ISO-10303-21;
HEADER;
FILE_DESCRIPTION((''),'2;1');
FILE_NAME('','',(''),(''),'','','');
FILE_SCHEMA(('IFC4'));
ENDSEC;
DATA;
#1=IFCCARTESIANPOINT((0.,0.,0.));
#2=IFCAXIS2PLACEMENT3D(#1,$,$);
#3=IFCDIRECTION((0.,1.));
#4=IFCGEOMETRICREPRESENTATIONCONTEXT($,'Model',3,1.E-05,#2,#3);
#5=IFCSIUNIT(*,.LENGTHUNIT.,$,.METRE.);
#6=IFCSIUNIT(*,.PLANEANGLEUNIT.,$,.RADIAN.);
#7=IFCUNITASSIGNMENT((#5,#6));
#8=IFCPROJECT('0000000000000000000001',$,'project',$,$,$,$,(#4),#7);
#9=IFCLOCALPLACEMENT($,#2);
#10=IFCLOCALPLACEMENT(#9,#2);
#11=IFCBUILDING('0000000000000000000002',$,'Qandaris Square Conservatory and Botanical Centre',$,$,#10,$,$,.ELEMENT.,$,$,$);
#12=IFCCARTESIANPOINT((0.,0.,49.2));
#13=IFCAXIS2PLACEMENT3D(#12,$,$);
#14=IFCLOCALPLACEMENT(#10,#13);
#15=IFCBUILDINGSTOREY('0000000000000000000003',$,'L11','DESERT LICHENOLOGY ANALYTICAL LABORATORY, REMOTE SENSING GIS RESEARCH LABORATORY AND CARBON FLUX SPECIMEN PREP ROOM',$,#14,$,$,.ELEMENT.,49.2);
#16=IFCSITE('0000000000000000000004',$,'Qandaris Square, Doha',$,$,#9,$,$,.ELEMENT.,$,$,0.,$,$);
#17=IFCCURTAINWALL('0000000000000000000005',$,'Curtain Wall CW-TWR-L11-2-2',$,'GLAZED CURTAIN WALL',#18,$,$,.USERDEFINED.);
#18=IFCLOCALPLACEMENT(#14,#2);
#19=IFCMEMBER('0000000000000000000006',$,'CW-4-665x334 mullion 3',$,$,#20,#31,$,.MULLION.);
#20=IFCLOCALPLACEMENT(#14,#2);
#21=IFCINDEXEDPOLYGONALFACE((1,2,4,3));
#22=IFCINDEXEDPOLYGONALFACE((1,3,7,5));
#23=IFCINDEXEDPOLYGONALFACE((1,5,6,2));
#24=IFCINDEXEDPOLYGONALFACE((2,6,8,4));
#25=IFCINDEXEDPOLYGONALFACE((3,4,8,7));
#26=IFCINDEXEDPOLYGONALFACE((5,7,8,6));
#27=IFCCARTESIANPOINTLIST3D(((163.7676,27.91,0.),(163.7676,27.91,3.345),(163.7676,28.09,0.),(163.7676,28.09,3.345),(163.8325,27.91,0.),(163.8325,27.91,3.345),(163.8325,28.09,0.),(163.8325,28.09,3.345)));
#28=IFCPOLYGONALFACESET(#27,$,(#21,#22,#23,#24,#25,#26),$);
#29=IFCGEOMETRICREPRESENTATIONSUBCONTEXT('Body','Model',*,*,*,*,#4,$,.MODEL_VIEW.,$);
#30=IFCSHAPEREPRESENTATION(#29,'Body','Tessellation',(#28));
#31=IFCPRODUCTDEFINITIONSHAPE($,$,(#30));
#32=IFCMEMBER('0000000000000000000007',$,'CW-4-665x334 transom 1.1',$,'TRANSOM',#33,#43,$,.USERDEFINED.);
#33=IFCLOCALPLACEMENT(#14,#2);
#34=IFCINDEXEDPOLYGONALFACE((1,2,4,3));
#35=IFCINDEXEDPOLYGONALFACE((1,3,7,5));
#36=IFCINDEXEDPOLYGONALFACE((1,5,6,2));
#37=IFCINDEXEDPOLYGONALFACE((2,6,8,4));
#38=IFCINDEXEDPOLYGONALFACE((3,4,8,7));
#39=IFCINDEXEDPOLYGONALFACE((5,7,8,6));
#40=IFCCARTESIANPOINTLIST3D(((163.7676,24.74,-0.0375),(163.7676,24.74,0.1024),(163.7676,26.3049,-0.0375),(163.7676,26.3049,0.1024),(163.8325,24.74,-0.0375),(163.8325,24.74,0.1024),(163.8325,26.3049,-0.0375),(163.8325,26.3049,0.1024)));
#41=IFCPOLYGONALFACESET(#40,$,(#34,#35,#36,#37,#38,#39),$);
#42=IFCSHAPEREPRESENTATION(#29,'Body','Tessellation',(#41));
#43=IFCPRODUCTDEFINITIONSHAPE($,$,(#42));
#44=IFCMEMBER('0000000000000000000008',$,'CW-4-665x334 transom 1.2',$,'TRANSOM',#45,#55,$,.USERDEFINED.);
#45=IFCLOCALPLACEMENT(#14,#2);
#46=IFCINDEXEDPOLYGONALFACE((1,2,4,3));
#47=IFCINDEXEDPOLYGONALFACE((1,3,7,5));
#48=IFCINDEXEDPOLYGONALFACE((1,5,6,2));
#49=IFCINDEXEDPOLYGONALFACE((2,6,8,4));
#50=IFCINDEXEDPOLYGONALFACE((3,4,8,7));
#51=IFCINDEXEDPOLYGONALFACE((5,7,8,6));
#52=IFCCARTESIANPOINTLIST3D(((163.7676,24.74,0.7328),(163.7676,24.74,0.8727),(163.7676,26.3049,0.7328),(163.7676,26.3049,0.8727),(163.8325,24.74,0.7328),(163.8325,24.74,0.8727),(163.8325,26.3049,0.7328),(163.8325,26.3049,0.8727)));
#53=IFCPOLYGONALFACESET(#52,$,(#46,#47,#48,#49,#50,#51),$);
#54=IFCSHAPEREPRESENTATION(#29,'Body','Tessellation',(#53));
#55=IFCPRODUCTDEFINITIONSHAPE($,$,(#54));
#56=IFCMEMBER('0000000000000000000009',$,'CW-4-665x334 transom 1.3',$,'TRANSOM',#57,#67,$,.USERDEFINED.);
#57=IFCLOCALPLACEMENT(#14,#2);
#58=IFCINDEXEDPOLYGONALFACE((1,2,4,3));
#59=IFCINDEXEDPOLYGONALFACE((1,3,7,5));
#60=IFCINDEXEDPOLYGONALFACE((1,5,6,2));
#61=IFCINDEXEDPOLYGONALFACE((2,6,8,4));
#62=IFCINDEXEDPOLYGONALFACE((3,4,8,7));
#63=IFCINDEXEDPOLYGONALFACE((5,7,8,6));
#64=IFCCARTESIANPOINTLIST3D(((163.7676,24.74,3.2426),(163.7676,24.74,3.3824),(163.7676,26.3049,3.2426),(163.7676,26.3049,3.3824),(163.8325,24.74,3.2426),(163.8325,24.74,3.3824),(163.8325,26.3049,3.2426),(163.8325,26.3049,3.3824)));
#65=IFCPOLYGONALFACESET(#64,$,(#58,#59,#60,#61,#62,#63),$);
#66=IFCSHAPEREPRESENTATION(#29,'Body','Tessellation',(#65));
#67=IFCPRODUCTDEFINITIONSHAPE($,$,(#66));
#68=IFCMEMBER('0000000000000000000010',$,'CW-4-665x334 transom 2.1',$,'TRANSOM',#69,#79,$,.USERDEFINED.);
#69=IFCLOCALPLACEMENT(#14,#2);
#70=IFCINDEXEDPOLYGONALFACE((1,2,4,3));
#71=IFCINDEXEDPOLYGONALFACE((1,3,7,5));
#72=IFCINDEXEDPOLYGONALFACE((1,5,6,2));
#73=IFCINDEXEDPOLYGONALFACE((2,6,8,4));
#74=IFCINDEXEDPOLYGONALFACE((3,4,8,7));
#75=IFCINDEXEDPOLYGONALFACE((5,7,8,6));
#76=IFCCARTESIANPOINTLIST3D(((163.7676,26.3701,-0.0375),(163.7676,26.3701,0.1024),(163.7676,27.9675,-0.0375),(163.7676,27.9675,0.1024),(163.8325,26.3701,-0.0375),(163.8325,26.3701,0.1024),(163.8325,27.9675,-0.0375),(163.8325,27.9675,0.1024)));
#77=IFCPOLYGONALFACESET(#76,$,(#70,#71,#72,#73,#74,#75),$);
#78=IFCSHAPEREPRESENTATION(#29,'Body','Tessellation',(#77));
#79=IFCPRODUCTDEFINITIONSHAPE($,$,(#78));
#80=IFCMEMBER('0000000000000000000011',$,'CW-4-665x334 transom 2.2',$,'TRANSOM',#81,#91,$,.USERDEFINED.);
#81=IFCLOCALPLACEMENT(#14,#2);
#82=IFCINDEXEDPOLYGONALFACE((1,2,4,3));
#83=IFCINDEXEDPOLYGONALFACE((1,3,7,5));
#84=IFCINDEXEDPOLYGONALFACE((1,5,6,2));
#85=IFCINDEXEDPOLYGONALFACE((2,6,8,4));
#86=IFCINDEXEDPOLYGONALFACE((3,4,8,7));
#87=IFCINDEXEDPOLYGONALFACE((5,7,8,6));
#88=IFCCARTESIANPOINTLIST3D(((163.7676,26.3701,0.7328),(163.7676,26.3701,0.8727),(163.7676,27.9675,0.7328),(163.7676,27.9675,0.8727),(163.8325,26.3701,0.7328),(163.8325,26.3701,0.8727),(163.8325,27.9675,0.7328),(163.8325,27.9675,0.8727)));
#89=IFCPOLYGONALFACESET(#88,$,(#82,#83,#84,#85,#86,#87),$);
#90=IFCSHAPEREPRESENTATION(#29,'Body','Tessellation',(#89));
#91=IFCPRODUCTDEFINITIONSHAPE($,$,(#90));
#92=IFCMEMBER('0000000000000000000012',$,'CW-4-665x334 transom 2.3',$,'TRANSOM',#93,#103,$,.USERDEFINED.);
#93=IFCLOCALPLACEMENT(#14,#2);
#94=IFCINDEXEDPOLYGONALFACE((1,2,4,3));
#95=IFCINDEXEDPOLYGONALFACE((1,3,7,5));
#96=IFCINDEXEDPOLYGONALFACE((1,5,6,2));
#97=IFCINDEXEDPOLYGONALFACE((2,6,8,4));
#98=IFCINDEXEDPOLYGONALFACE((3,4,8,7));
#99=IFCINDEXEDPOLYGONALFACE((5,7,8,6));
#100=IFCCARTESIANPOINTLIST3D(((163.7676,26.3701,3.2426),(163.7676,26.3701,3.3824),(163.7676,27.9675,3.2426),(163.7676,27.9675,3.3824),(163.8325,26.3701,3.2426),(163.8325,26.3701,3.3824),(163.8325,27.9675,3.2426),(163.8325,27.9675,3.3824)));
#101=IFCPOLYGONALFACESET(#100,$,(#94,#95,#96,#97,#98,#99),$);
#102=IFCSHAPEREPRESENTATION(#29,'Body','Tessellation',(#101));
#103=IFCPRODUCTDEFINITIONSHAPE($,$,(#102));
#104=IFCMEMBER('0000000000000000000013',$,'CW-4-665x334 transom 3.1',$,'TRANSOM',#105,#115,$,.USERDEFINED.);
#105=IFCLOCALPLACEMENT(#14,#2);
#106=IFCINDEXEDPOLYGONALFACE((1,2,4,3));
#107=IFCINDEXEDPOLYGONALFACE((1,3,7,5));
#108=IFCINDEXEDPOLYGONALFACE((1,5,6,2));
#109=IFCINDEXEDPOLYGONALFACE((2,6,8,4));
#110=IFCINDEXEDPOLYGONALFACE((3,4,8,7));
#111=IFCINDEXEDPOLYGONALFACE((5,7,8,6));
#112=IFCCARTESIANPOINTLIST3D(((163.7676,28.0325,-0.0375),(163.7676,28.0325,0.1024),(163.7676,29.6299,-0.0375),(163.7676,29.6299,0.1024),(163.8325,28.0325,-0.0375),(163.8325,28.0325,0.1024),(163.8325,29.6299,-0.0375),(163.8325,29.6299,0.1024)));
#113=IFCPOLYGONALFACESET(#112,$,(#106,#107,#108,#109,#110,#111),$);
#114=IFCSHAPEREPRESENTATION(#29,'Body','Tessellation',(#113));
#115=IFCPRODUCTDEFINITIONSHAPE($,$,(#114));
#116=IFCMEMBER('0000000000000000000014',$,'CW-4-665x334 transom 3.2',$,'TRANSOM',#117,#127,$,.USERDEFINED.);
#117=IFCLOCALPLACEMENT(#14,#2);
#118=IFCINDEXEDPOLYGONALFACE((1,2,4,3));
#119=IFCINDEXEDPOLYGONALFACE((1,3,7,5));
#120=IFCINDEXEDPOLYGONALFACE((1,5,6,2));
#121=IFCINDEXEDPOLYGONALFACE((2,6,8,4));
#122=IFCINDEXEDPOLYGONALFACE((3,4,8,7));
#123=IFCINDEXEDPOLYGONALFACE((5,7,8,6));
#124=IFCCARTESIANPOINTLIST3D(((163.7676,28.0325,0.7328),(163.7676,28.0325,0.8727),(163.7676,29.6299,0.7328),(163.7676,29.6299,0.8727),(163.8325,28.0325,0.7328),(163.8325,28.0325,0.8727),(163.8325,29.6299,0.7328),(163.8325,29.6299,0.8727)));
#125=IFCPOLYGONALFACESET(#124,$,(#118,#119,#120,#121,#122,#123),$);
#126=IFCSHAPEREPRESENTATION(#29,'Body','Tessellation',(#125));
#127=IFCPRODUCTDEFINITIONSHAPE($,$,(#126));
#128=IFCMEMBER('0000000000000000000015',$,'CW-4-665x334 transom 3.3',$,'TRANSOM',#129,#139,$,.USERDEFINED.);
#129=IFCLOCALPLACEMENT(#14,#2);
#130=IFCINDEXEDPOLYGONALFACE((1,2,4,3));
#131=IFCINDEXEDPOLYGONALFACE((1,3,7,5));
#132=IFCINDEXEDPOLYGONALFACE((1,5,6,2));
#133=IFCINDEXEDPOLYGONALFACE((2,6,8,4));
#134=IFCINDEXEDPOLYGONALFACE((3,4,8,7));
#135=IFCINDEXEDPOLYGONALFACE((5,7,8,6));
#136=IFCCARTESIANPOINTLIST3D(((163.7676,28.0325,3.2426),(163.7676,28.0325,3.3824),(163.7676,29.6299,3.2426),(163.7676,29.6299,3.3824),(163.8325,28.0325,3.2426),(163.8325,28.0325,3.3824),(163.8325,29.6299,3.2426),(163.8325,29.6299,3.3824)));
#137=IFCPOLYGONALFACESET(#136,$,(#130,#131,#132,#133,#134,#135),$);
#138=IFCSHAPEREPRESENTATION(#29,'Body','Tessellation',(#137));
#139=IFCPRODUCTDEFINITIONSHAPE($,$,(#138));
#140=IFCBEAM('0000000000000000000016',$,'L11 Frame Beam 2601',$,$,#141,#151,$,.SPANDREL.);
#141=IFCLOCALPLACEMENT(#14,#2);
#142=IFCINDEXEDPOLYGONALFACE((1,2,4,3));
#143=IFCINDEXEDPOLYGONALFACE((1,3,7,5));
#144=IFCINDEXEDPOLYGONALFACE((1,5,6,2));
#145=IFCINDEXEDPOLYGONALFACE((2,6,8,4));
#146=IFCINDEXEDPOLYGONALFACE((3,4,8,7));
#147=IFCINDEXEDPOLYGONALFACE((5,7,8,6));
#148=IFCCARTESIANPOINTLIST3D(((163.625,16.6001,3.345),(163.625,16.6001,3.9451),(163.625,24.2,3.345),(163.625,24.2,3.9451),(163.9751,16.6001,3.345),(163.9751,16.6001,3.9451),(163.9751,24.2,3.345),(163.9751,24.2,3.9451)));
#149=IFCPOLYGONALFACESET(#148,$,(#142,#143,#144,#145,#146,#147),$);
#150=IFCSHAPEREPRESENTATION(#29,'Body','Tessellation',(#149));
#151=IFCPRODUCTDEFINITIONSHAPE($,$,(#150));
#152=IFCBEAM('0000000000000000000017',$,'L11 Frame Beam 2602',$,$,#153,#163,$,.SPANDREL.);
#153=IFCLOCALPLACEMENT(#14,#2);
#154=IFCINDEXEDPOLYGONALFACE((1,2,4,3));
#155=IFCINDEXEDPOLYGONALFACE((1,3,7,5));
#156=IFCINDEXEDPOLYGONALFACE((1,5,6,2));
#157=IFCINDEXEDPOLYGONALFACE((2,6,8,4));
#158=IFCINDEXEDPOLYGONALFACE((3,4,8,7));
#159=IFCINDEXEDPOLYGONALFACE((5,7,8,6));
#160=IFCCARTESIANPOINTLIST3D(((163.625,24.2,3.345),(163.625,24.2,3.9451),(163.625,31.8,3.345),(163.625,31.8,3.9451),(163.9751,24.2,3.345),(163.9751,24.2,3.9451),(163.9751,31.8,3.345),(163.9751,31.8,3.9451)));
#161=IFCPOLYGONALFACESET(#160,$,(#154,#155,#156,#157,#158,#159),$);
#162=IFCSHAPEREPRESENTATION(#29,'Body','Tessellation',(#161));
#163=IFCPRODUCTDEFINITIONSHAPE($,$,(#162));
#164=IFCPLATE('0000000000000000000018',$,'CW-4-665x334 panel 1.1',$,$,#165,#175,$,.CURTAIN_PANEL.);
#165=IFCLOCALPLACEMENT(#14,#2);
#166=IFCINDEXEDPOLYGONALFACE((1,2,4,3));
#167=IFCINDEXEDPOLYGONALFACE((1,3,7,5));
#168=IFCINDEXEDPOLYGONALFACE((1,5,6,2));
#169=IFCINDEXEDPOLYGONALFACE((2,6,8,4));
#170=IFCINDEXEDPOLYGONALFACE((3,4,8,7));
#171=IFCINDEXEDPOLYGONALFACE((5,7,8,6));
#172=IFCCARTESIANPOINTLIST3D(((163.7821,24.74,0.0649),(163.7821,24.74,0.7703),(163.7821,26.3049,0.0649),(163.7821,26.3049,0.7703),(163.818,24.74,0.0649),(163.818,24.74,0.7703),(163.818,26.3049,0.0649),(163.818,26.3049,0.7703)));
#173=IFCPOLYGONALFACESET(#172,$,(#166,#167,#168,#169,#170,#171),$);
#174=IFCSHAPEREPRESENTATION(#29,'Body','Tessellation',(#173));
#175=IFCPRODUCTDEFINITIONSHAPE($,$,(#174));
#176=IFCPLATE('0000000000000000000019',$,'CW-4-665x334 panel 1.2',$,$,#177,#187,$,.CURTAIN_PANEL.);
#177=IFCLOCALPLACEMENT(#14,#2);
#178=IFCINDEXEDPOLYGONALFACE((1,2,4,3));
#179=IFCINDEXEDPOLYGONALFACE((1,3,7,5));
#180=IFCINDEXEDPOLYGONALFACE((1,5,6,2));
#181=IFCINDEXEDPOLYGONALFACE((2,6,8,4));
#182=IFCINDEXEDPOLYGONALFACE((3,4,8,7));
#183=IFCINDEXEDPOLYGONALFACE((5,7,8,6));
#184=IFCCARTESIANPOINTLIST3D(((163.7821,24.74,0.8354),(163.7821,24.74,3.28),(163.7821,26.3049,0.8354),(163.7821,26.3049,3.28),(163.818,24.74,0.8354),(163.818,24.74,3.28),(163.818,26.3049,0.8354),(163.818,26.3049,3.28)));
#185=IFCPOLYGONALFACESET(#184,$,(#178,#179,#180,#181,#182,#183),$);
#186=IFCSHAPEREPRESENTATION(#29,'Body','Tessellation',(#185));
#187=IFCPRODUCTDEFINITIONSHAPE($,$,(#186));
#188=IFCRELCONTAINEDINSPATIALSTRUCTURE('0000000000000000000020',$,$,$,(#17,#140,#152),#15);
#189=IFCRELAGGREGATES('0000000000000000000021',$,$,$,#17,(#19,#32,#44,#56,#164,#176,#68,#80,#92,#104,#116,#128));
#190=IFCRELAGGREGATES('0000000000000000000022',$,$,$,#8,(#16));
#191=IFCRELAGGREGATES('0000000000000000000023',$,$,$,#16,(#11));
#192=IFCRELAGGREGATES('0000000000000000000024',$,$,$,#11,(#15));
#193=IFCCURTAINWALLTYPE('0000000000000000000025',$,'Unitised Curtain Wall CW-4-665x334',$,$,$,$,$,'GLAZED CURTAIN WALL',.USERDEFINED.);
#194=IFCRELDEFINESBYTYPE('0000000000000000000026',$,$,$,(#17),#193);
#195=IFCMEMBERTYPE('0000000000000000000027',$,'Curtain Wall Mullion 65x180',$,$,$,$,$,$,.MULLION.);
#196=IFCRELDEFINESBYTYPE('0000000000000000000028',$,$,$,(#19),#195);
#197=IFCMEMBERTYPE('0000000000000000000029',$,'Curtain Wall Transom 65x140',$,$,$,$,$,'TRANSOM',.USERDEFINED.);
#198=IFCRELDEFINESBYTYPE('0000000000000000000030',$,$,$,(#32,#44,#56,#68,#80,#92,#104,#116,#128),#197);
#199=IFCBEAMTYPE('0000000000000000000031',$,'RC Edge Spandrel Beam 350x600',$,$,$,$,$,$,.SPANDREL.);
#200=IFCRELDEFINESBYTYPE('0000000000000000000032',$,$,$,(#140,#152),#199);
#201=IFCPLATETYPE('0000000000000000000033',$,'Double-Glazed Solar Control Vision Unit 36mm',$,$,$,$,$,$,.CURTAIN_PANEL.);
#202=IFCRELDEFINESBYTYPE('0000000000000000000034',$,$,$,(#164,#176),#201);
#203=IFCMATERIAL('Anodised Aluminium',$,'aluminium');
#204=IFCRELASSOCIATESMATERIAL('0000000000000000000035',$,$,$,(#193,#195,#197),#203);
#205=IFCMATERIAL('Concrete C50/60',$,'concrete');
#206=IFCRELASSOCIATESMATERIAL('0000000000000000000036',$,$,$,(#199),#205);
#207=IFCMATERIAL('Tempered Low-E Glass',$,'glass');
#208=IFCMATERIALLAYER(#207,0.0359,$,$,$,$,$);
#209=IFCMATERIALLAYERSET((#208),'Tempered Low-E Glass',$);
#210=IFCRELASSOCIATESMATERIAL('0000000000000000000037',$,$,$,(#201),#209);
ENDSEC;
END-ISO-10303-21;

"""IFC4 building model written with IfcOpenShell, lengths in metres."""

from ifc_helpers import new_model, si_unit, direction, frame, origin, origin_2d, place, context, subcontext, project, spatial, rectangle, extrude, material, layer, layer_set, material_profile, profile_set, type_object, element, aggregate, save


model = new_model("IFC4")

# Units and contexts
model_context = context("Model", 3, precision=1e-05, world=origin(), true_north=direction((0.0, 1.0)))
body_context = subcontext(model_context, "Body", "Model", "MODEL_VIEW")
ifc_project = project(units=[si_unit("LENGTHUNIT", "METRE"), si_unit("PLANEANGLEUNIT", "RADIAN")], contexts=[model_context])

# Site, building, storey
site_placement = place(None, origin())
site = spatial("IfcSite", under=ifc_project, at=site_placement, Name="Qandaris Square, Doha", CompositionType="ELEMENT", RefElevation=0.0)
building_placement = place(site_placement, origin())
building = spatial("IfcBuilding", under=site, at=building_placement, Name="Qandaris Square Conservatory and Botanical Centre", CompositionType="ELEMENT")
storey_placement = place(building_placement, frame((0.0, 0.0, 49.2)))
storey = spatial("IfcBuildingStorey", under=building, at=storey_placement, Name="L11", Description="DESERT LICHENOLOGY ANALYTICAL LABORATORY, REMOTE SENSING GIS RESEARCH LABORATORY AND CARBON FLUX SPECIMEN PREP ROOM", CompositionType="ELEMENT", Elevation=49.2)

# Shared definitions
ifc_material_1 = material(Name="Concrete C50/60", Category="concrete")

# Curtain wall, members
ifc_material_2 = material(Name="Anodised Aluminium", Category="aluminium")
curtain_wall_type = type_object("IfcCurtainWallType", Name="Unitised Curtain Wall CW-4-665x334", ElementType="GLAZED CURTAIN WALL", PredefinedType="USERDEFINED", material=ifc_material_2)
curtain_wall_placement = place(storey_placement, origin())
curtain_wall = element("IfcCurtainWall", 1, at=curtain_wall_placement, inside=storey, type_object=curtain_wall_type, Name="Curtain Wall CW-TWR-L11-2-2", ObjectType="GLAZED CURTAIN WALL", PredefinedType="USERDEFINED")
ifc_material_profile_1 = material_profile(ifc_material_2, rectangle(XDim=0.0649, YDim=0.1799, at=origin_2d()), Name="ALU-MUL 65x180")
ifc_profile_set_1 = profile_set([ifc_material_profile_1], Name="Anodised Aluminium")
member_type_1 = type_object("IfcMemberType", Name="Curtain Wall Mullion 65x180", PredefinedType="MULLION", material=ifc_profile_set_1)
member_1_placement = place(storey_placement, frame((163.8, 28.0, 0.0), z_axis=(0.0, 0.0, 1.0), x_axis=(-1.0, 0.0, 0.0)))
member_1 = element("IfcMember", 2, at=member_1_placement, type_object=member_type_1, Name="CW-4-665x334 mullion 3", PredefinedType="MULLION", context=body_context, shape_type="SweptSolid", body=[
    extrude(rectangle(XDim=0.0649, YDim=0.1799, at=origin_2d()), origin(), (0.0, 0.0, 1.0), 3.345),
])
ifc_material_profile_2 = material_profile(ifc_material_2, rectangle(XDim=0.0649, YDim=0.1399, at=origin_2d()), Name="ALU-TRN 65x140")
ifc_profile_set_2 = profile_set([ifc_material_profile_2], Name="Anodised Aluminium")
member_type_2 = type_object("IfcMemberType", Name="Curtain Wall Transom 65x140", ElementType="TRANSOM", PredefinedType="USERDEFINED", material=ifc_profile_set_2)
member_2_placement = place(storey_placement, frame((163.8, 24.74, 0.0325), z_axis=(0.0, 1.0, 0.0), x_axis=(-1.0, 0.0, 0.0)))
member_2 = element("IfcMember", 3, at=member_2_placement, type_object=member_type_2, Name="CW-4-665x334 transom 1.1", ObjectType="TRANSOM", PredefinedType="USERDEFINED", context=body_context, shape_type="SweptSolid", body=[
    extrude(rectangle(XDim=0.0649, YDim=0.1399, at=origin_2d()), origin(), (0.0, 0.0, 1.0), 1.5649),
])
member_3_placement = place(storey_placement, frame((163.8, 24.74, 0.8027), z_axis=(0.0, 1.0, 0.0), x_axis=(-1.0, 0.0, 0.0)))
member_3 = element("IfcMember", 4, at=member_3_placement, type_object=member_type_2, Name="CW-4-665x334 transom 1.2", ObjectType="TRANSOM", PredefinedType="USERDEFINED", context=body_context, shape_type="SweptSolid", body=[
    extrude(rectangle(XDim=0.0649, YDim=0.1399, at=origin_2d()), origin(), (0.0, 0.0, 1.0), 1.5649),
])
member_4_placement = place(storey_placement, frame((163.8, 24.74, 3.3125), z_axis=(0.0, 1.0, 0.0), x_axis=(-1.0, 0.0, 0.0)))
member_4 = element("IfcMember", 5, at=member_4_placement, type_object=member_type_2, Name="CW-4-665x334 transom 1.3", ObjectType="TRANSOM", PredefinedType="USERDEFINED", context=body_context, shape_type="SweptSolid", body=[
    extrude(rectangle(XDim=0.0649, YDim=0.1399, at=origin_2d()), origin(), (0.0, 0.0, 1.0), 1.5649),
])
member_5_placement = place(storey_placement, frame((163.8, 26.3701, 0.0325), z_axis=(0.0, 1.0, 0.0), x_axis=(-1.0, 0.0, 0.0)))
member_5 = element("IfcMember", 6, at=member_5_placement, type_object=member_type_2, Name="CW-4-665x334 transom 2.1", ObjectType="TRANSOM", PredefinedType="USERDEFINED", context=body_context, shape_type="SweptSolid", body=[
    extrude(rectangle(XDim=0.0649, YDim=0.1399, at=origin_2d()), origin(), (0.0, 0.0, 1.0), 1.5974),
])
member_6_placement = place(storey_placement, frame((163.8, 26.3701, 0.8027), z_axis=(0.0, 1.0, 0.0), x_axis=(-1.0, 0.0, 0.0)))
member_6 = element("IfcMember", 7, at=member_6_placement, type_object=member_type_2, Name="CW-4-665x334 transom 2.2", ObjectType="TRANSOM", PredefinedType="USERDEFINED", context=body_context, shape_type="SweptSolid", body=[
    extrude(rectangle(XDim=0.0649, YDim=0.1399, at=origin_2d()), origin(), (0.0, 0.0, 1.0), 1.5974),
])
member_7_placement = place(storey_placement, frame((163.8, 26.3701, 3.3125), z_axis=(0.0, 1.0, 0.0), x_axis=(-1.0, 0.0, 0.0)))
member_7 = element("IfcMember", 8, at=member_7_placement, type_object=member_type_2, Name="CW-4-665x334 transom 2.3", ObjectType="TRANSOM", PredefinedType="USERDEFINED", context=body_context, shape_type="SweptSolid", body=[
    extrude(rectangle(XDim=0.0649, YDim=0.1399, at=origin_2d()), origin(), (0.0, 0.0, 1.0), 1.5974),
])
member_8_placement = place(storey_placement, frame((163.8, 28.0325, 0.0325), z_axis=(0.0, 1.0, 0.0), x_axis=(-1.0, 0.0, 0.0)))
member_8 = element("IfcMember", 9, at=member_8_placement, type_object=member_type_2, Name="CW-4-665x334 transom 3.1", ObjectType="TRANSOM", PredefinedType="USERDEFINED", context=body_context, shape_type="SweptSolid", body=[
    extrude(rectangle(XDim=0.0649, YDim=0.1399, at=origin_2d()), origin(), (0.0, 0.0, 1.0), 1.5974),
])
member_9_placement = place(storey_placement, frame((163.8, 28.0325, 0.8027), z_axis=(0.0, 1.0, 0.0), x_axis=(-1.0, 0.0, 0.0)))
member_9 = element("IfcMember", 10, at=member_9_placement, type_object=member_type_2, Name="CW-4-665x334 transom 3.2", ObjectType="TRANSOM", PredefinedType="USERDEFINED", context=body_context, shape_type="SweptSolid", body=[
    extrude(rectangle(XDim=0.0649, YDim=0.1399, at=origin_2d()), origin(), (0.0, 0.0, 1.0), 1.5974),
])
member_10_placement = place(storey_placement, frame((163.8, 28.0325, 3.3125), z_axis=(0.0, 1.0, 0.0), x_axis=(-1.0, 0.0, 0.0)))
member_10 = element("IfcMember", 11, at=member_10_placement, type_object=member_type_2, Name="CW-4-665x334 transom 3.3", ObjectType="TRANSOM", PredefinedType="USERDEFINED", context=body_context, shape_type="SweptSolid", body=[
    extrude(rectangle(XDim=0.0649, YDim=0.1399, at=origin_2d()), origin(), (0.0, 0.0, 1.0), 1.5974),
])

# Beams
ifc_material_profile_3 = material_profile(ifc_material_1, rectangle(XDim=0.3501, YDim=0.6001, at=origin_2d()), Name="RC-SP 350x600")
ifc_profile_set_3 = profile_set([ifc_material_profile_3], Name="Concrete C50/60")
beam_type_1 = type_object("IfcBeamType", Name="RC Edge Spandrel Beam 350x600", PredefinedType="SPANDREL", material=ifc_profile_set_3)
beam_1_placement = place(storey_placement, frame((163.8, 16.6001, 3.645), z_axis=(0.0, 1.0, 0.0), x_axis=(-1.0, 0.0, 0.0)))
element("IfcBeam", 12, at=beam_1_placement, inside=storey, type_object=beam_type_1, Name="L11 Frame Beam 2601", PredefinedType="SPANDREL", context=body_context, shape_type="SweptSolid", body=[
    extrude(rectangle(XDim=0.3501, YDim=0.6001, at=origin_2d()), origin(), (0.0, 0.0, 1.0), 7.5999),
])
beam_2_placement = place(storey_placement, frame((163.8, 24.2, 3.645), z_axis=(0.0, 1.0, 0.0), x_axis=(-1.0, 0.0, 0.0)))
element("IfcBeam", 13, at=beam_2_placement, inside=storey, type_object=beam_type_1, Name="L11 Frame Beam 2602", PredefinedType="SPANDREL", context=body_context, shape_type="SweptSolid", body=[
    extrude(rectangle(XDim=0.3501, YDim=0.6001, at=origin_2d()), origin(), (0.0, 0.0, 1.0), 7.6001),
])

# Plates
ifc_material_3 = material(Name="Tempered Low-E Glass", Category="glass")
ifc_layer_1 = layer(ifc_material_3, 0.0359)
ifc_layer_set_1 = layer_set([ifc_layer_1], Name="Tempered Low-E Glass")
plate_type_1 = type_object("IfcPlateType", Name="Double-Glazed Solar Control Vision Unit 36mm", PredefinedType="CURTAIN_PANEL", material=ifc_layer_set_1)
plate_1_placement = place(storey_placement, frame((163.8, 25.5225, 0.0649), z_axis=(0.0, 0.0, 1.0), x_axis=(0.0, 1.0, 0.0)))
plate_1 = element("IfcPlate", 14, at=plate_1_placement, type_object=plate_type_1, Name="CW-4-665x334 panel 1.1", PredefinedType="CURTAIN_PANEL", context=body_context, shape_type="SweptSolid", body=[
    extrude(rectangle(XDim=1.5649, YDim=0.0359, at=origin_2d()), origin(), (0.0, 0.0, 1.0), 0.7053),
])
plate_2_placement = place(storey_placement, frame((163.8, 25.5225, 0.8354), z_axis=(0.0, 0.0, 1.0), x_axis=(0.0, 1.0, 0.0)))
plate_2 = element("IfcPlate", 15, at=plate_2_placement, type_object=plate_type_1, Name="CW-4-665x334 panel 1.2", PredefinedType="CURTAIN_PANEL", context=body_context, shape_type="SweptSolid", body=[
    extrude(rectangle(XDim=1.5649, YDim=0.0359, at=origin_2d()), origin(), (0.0, 0.0, 1.0), 2.4446),
])
aggregate(curtain_wall, [member_1, member_2, member_3, member_4, plate_1, plate_2, member_5, member_6, member_7, member_8, member_9, member_10])

save(model, "model.ifc")
